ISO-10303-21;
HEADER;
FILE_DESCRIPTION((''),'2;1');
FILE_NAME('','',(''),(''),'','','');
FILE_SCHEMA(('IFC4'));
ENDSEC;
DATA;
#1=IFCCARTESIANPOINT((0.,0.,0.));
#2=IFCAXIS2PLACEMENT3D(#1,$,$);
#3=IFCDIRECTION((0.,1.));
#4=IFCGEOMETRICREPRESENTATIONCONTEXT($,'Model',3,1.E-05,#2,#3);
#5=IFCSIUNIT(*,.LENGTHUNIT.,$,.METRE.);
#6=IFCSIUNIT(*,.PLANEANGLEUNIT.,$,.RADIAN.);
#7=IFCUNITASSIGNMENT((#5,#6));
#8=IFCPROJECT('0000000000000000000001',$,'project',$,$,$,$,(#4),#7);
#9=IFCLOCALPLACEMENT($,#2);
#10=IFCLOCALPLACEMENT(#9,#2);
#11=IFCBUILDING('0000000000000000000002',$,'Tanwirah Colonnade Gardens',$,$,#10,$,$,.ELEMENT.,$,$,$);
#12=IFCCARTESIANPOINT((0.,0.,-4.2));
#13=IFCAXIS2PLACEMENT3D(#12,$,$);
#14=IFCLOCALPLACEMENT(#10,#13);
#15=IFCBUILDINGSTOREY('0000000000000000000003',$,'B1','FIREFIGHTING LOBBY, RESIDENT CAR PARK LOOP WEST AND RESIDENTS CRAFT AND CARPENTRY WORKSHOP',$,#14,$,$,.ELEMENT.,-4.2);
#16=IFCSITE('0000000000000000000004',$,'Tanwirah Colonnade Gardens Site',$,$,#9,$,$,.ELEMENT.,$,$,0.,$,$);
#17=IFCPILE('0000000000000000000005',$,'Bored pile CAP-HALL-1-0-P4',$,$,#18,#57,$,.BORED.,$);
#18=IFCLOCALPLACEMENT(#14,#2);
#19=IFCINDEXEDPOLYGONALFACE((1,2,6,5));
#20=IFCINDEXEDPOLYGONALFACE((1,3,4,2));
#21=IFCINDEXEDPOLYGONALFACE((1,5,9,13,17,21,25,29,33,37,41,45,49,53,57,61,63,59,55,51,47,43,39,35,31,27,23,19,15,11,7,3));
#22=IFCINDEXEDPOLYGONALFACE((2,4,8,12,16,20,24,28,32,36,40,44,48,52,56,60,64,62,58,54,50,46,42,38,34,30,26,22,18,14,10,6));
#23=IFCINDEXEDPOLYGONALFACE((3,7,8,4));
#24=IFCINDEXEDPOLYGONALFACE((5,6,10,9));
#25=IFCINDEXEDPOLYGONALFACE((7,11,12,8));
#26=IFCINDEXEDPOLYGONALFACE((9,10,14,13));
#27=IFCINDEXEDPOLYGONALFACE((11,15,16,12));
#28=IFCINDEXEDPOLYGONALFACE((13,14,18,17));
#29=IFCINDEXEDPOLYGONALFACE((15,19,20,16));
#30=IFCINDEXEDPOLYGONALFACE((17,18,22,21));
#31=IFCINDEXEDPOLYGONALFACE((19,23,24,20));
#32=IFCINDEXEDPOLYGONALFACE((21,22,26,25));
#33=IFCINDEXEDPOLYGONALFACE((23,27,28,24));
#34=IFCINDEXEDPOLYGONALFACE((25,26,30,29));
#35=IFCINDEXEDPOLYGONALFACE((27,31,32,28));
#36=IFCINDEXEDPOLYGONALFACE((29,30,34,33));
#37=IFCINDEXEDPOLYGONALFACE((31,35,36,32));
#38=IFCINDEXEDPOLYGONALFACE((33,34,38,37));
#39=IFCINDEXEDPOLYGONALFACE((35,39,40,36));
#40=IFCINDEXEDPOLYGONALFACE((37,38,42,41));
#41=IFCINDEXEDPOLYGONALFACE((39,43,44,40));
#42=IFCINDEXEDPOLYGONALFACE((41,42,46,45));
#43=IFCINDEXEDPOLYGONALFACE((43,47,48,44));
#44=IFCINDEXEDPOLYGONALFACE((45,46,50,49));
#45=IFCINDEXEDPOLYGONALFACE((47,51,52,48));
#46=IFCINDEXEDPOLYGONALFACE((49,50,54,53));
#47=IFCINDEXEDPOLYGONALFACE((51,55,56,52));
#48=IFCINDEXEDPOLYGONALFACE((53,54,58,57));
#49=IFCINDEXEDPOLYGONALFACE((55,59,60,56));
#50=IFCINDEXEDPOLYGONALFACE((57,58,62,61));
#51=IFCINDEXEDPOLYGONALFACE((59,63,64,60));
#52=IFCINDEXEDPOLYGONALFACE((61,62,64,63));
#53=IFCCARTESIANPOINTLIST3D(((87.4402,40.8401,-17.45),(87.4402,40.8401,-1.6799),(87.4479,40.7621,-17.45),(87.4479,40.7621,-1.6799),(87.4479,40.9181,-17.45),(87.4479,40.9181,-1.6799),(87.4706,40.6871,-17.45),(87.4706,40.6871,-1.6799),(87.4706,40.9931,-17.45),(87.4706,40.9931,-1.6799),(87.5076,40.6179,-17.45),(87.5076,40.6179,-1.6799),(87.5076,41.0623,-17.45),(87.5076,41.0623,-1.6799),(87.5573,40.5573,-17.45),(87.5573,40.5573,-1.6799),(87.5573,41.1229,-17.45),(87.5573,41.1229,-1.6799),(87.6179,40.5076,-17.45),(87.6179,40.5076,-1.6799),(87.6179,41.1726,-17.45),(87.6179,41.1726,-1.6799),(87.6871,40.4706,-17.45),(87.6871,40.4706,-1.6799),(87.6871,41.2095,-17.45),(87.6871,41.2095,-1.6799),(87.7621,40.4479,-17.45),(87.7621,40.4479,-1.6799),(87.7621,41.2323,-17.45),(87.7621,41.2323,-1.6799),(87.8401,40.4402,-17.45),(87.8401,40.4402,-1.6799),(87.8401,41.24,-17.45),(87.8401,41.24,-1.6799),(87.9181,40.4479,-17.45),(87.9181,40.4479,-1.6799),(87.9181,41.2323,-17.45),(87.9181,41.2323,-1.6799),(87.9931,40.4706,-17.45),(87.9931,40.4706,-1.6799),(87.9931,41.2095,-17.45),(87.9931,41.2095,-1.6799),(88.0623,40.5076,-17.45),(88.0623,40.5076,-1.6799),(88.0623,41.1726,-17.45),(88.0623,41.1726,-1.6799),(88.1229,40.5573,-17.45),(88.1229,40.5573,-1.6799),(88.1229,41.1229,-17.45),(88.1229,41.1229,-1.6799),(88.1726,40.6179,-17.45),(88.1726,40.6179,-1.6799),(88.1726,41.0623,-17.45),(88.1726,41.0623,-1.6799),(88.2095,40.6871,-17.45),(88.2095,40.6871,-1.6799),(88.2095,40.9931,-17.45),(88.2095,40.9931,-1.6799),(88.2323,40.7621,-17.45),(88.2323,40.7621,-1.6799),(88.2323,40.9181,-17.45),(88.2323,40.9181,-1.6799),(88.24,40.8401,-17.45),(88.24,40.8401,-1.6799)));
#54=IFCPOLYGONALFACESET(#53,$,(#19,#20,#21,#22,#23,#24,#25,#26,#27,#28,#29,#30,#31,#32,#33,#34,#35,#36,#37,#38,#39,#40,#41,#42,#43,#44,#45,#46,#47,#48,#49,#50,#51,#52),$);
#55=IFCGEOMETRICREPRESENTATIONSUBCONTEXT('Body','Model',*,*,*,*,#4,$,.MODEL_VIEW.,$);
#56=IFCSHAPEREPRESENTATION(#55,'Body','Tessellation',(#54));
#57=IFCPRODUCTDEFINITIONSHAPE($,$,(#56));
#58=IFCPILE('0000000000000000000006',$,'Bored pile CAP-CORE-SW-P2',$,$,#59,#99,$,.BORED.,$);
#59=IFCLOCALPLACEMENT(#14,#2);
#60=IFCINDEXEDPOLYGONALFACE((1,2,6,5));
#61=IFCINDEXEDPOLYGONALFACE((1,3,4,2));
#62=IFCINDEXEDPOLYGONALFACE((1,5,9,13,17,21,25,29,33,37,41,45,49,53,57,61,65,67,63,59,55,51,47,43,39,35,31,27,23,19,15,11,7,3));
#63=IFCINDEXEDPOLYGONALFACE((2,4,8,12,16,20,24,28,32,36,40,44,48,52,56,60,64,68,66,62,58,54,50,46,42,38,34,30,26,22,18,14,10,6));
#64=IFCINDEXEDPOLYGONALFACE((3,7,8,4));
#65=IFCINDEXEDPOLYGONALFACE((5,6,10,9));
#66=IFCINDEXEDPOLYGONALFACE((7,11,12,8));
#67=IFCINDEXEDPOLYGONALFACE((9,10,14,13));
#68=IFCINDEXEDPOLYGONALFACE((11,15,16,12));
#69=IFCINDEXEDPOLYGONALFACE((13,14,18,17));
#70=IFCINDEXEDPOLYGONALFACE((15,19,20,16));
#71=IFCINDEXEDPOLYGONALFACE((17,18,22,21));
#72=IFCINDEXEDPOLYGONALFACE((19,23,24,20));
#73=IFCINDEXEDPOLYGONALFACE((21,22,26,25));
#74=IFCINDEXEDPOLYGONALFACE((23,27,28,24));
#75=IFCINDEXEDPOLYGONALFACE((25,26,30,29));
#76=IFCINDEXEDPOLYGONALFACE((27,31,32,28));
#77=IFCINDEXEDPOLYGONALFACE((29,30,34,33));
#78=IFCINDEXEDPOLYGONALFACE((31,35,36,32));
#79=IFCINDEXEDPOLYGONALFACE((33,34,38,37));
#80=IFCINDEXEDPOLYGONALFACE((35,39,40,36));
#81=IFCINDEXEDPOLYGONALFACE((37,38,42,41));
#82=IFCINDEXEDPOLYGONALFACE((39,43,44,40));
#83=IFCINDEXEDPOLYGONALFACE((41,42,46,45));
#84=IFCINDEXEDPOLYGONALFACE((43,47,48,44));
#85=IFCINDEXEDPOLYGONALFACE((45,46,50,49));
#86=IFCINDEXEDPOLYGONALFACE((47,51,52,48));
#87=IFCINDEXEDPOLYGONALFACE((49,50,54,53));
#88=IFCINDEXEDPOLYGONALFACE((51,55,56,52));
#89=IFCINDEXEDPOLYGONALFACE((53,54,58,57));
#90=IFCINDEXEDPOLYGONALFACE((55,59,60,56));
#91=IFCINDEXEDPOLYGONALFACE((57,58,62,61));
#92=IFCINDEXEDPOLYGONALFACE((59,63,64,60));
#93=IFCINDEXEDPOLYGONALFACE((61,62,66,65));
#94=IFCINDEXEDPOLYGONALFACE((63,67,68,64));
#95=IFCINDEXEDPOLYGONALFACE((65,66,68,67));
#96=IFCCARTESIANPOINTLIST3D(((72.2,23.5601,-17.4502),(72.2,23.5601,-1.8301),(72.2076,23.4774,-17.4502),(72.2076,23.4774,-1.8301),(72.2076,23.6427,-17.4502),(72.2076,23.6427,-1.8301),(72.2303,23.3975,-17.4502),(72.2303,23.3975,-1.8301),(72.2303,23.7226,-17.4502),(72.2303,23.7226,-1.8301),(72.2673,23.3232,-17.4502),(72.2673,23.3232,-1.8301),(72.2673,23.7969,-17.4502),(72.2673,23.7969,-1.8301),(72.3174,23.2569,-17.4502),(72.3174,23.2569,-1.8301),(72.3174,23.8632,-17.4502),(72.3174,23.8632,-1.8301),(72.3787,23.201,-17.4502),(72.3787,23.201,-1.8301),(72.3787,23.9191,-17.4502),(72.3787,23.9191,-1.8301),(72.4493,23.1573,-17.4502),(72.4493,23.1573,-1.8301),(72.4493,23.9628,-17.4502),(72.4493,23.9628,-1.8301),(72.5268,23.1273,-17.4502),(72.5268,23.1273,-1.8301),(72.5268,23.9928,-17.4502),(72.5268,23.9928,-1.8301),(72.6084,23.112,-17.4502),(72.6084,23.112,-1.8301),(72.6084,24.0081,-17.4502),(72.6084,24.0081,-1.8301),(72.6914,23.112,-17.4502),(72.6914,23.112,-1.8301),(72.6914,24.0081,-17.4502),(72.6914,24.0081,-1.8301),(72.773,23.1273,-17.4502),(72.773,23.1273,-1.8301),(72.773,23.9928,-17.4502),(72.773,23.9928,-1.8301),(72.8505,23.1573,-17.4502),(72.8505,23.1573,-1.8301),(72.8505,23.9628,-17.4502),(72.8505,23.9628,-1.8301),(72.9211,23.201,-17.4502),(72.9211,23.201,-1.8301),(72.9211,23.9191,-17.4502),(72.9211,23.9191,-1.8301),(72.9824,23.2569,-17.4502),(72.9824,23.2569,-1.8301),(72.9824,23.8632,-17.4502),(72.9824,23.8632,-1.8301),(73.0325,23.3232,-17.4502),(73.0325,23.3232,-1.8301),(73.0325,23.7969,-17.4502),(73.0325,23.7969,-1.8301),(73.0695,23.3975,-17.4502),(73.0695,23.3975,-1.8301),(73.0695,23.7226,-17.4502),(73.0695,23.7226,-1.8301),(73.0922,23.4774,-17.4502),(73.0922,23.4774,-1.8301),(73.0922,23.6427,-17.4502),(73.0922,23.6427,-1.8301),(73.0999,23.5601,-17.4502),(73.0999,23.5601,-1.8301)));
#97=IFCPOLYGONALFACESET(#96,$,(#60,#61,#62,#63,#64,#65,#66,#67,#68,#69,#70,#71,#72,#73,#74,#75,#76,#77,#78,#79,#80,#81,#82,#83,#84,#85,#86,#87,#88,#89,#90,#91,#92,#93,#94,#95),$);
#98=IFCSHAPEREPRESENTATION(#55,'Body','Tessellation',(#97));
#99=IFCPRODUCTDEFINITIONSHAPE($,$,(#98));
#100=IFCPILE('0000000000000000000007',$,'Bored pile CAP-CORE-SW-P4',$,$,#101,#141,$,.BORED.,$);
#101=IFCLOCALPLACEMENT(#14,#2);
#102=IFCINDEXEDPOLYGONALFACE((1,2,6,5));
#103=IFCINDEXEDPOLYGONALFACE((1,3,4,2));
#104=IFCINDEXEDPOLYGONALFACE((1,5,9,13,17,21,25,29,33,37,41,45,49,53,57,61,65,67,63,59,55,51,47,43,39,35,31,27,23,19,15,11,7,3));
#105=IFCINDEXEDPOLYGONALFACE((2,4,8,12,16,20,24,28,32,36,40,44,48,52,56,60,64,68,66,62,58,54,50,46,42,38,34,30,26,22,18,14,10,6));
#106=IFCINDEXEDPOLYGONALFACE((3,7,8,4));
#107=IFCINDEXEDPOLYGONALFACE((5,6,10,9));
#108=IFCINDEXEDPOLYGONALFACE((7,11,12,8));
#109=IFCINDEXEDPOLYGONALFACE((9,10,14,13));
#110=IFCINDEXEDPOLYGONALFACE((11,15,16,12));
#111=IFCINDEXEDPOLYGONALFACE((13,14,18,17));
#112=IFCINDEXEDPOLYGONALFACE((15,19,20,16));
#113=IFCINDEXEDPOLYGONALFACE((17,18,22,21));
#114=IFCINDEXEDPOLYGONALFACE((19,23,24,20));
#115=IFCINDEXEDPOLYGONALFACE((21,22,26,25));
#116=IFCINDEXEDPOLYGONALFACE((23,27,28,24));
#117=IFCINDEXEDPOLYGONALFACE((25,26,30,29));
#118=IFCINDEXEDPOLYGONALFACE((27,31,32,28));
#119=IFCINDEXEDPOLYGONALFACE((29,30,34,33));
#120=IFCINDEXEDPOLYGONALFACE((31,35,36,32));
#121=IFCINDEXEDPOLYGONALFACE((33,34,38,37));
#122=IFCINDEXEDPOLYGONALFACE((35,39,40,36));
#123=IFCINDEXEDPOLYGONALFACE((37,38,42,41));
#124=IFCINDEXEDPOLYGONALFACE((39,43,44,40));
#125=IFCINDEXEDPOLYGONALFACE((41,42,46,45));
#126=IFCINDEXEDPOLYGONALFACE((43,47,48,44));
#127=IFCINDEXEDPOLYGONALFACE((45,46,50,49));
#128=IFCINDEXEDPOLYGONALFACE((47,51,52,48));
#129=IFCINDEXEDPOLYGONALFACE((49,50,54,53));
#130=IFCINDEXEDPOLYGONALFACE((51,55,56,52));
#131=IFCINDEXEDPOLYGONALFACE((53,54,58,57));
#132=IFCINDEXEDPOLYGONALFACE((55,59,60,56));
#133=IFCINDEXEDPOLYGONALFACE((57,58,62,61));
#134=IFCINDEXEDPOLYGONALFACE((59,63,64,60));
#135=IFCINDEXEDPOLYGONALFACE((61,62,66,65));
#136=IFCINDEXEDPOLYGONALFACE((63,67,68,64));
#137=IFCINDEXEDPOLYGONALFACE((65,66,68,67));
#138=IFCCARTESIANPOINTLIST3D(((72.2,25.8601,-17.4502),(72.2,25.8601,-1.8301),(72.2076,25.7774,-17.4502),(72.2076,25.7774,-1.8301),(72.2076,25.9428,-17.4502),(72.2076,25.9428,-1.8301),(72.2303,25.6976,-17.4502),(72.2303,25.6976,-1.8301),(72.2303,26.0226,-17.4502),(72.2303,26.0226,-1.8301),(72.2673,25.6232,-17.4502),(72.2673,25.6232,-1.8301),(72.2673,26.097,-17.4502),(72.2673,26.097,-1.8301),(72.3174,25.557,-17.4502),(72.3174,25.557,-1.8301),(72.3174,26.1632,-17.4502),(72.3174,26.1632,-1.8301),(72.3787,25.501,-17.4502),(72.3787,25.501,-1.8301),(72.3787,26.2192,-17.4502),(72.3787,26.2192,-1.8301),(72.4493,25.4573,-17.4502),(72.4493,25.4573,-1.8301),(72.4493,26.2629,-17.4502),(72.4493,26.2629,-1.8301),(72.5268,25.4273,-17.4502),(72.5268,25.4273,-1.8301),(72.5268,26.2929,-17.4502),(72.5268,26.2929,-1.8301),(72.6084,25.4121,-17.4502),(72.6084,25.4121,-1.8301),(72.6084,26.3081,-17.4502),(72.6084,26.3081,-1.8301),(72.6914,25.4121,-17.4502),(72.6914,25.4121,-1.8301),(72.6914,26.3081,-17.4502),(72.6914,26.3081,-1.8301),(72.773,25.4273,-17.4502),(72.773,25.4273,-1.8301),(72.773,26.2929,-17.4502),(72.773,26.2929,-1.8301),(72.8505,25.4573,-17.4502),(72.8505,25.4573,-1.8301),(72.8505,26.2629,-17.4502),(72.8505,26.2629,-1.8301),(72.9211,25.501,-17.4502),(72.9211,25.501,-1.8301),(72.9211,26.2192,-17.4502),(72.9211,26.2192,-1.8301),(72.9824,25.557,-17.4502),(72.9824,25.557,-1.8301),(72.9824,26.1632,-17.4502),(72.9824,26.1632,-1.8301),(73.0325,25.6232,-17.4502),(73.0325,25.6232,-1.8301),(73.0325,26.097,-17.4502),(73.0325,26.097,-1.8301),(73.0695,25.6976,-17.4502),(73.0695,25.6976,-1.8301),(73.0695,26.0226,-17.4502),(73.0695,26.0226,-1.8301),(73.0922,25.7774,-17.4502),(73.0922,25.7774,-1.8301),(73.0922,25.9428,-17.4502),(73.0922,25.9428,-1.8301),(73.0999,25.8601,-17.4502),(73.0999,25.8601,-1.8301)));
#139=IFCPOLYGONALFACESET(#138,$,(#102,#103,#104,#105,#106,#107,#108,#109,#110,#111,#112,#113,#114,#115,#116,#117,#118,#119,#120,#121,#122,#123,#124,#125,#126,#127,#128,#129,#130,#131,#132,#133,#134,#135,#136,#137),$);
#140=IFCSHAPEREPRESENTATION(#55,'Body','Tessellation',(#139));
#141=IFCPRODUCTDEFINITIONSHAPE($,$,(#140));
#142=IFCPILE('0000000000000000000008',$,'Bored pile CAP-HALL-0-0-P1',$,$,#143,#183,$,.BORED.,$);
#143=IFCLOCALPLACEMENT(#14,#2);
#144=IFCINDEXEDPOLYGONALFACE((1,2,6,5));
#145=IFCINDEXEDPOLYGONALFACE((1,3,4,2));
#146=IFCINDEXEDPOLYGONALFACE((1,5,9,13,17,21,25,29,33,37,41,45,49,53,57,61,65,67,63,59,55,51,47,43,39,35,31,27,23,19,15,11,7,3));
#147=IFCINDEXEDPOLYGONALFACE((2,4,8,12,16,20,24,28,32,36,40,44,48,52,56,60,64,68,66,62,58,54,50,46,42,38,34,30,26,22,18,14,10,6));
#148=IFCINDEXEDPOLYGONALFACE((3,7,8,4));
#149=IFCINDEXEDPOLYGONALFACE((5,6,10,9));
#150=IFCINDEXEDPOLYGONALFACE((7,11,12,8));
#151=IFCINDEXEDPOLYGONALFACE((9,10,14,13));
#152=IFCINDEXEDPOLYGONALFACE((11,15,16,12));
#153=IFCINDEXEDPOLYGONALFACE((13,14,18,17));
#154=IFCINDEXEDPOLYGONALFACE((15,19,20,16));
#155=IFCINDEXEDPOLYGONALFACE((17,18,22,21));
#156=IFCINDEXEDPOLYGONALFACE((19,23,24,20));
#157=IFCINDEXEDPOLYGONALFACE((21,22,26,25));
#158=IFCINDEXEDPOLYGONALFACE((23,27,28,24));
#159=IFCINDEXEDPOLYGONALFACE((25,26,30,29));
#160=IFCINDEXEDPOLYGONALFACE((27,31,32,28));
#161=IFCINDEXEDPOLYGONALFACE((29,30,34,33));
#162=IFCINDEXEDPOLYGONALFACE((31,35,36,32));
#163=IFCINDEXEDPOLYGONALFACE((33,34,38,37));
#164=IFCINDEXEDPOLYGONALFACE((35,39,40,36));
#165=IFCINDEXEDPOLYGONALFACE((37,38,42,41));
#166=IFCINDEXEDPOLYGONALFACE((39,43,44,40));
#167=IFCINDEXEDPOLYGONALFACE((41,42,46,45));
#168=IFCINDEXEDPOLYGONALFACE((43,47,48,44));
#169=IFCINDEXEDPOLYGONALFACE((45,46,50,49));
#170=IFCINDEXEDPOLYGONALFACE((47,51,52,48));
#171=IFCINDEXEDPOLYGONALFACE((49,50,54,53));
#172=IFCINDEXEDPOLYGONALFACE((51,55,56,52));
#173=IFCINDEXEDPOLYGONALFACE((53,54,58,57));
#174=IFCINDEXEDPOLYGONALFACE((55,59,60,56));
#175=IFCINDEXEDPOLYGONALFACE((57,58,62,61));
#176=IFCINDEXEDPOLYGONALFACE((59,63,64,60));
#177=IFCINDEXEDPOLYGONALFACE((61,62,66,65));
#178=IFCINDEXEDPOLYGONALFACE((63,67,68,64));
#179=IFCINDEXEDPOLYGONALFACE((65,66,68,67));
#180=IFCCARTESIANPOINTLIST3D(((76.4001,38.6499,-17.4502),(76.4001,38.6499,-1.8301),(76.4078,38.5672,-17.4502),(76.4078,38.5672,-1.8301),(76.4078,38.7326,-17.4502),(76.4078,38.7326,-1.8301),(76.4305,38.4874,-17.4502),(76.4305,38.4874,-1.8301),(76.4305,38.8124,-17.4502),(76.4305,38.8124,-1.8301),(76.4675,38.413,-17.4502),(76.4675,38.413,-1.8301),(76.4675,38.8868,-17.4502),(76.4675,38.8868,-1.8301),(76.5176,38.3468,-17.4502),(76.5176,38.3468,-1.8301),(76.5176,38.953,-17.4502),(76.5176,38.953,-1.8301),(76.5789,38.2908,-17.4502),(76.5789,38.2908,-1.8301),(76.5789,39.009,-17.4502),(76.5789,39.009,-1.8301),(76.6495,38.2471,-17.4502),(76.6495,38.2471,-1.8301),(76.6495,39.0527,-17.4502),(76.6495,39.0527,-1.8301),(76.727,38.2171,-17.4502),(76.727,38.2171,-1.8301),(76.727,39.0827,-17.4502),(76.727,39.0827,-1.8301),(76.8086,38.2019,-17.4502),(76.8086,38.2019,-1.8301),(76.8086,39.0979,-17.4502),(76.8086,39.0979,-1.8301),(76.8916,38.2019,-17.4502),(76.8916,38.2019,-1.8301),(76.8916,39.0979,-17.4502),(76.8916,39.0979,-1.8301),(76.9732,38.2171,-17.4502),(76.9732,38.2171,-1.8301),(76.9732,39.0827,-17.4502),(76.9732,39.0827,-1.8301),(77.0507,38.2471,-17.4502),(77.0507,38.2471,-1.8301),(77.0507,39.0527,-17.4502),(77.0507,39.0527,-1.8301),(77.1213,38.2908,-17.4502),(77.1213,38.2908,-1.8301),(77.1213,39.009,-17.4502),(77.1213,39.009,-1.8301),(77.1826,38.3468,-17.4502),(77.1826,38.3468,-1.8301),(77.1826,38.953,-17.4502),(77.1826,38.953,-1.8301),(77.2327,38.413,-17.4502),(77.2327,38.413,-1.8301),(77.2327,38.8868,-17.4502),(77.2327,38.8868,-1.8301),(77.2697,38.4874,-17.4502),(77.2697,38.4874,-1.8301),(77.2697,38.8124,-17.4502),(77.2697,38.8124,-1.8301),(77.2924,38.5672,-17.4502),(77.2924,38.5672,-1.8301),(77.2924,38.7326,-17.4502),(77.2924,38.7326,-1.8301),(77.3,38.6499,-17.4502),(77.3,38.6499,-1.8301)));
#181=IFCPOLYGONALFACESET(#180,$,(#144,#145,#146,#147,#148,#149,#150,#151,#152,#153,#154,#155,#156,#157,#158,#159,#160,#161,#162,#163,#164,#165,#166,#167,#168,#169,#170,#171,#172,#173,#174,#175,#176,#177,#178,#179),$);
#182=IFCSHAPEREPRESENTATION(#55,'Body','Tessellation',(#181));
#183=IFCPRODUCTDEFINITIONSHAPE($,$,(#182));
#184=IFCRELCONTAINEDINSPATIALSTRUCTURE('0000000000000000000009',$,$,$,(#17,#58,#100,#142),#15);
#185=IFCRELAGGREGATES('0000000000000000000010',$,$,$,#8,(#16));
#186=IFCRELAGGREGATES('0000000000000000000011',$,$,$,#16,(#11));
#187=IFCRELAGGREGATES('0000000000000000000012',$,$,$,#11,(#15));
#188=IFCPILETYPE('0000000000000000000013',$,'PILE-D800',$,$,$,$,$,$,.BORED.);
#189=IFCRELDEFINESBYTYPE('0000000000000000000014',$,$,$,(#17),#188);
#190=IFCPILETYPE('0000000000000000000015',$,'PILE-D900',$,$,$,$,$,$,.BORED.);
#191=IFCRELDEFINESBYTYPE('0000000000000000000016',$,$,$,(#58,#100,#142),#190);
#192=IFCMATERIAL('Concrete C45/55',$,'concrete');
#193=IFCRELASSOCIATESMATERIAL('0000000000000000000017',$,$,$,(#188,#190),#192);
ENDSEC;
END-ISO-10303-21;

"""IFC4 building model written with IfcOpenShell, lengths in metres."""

from ifc_helpers import new_model, si_unit, direction, frame, origin, origin_2d, place, context, subcontext, project, spatial, circle, extrude, material, material_profile, profile_set, type_object, element, save


model = new_model("IFC4")

# Units and contexts
model_context = context("Model", 3, precision=1e-05, world=origin(), true_north=direction((0.0, 1.0)))
body_context = subcontext(model_context, "Body", "Model", "MODEL_VIEW")
ifc_project = project(units=[si_unit("LENGTHUNIT", "METRE"), si_unit("PLANEANGLEUNIT", "RADIAN")], contexts=[model_context])

# Site, building, storey
site_placement = place(None, origin())
site = spatial("IfcSite", under=ifc_project, at=site_placement, Name="Tanwirah Colonnade Gardens Site", CompositionType="ELEMENT", RefElevation=0.0)
building_placement = place(site_placement, origin())
building = spatial("IfcBuilding", under=site, at=building_placement, Name="Tanwirah Colonnade Gardens", CompositionType="ELEMENT")
storey_placement = place(building_placement, frame((0.0, 0.0, -4.2)))
storey = spatial("IfcBuildingStorey", under=building, at=storey_placement, Name="B1", Description="FIREFIGHTING LOBBY, RESIDENT CAR PARK LOOP WEST AND RESIDENTS CRAFT AND CARPENTRY WORKSHOP", CompositionType="ELEMENT", Elevation=-4.2)

# Shared definitions
ifc_material = material(Name="Concrete C45/55", Category="concrete")

# Piles
ifc_material_profile_1 = material_profile(ifc_material, circle(Radius=0.3999, at=origin_2d()), Name="PILE D800")
ifc_profile_set_1 = profile_set([ifc_material_profile_1], Name="Concrete C45/55")
pile_type_1 = type_object("IfcPileType", Name="PILE-D800", PredefinedType="BORED", material=ifc_profile_set_1)
for number, where, z_axis, x_axis, name in (
    (1, (87.8401, 40.8401, -1.6799), (0.0, 0.0, -1.0), (1.0, 0.0, 0.0), "Bored pile CAP-HALL-1-0-P4"),
):
    element("IfcPile", number, at=place(storey_placement, frame(where, z_axis=z_axis, x_axis=x_axis)), inside=storey, type_object=pile_type_1, Name=name, PredefinedType="BORED", context=body_context, shape_type="SweptSolid", body=[
        extrude(circle(Radius=0.3999, at=origin_2d()), origin(), (0.0, 0.0, 1.0), 15.77),
    ])
ifc_material_profile_2 = material_profile(ifc_material, circle(Radius=0.45, at=origin_2d()), Name="PILE D900")
ifc_profile_set_2 = profile_set([ifc_material_profile_2], Name="Concrete C45/55")
pile_type_2 = type_object("IfcPileType", Name="PILE-D900", PredefinedType="BORED", material=ifc_profile_set_2)
for number, where, z_axis, x_axis, name in (
    (2, (72.6499, 23.5601, -1.8301), (0.0, 0.0, -1.0), (1.0, 0.0, 0.0), "Bored pile CAP-CORE-SW-P2"),
    (3, (72.6499, 25.8601, -1.8301), (0.0, 0.0, -1.0), (1.0, 0.0, 0.0), "Bored pile CAP-CORE-SW-P4"),
    (4, (76.8501, 38.6499, -1.8301), (0.0, 0.0, -1.0), (1.0, 0.0, 0.0), "Bored pile CAP-HALL-0-0-P1"),
):
    element("IfcPile", number, at=place(storey_placement, frame(where, z_axis=z_axis, x_axis=x_axis)), inside=storey, type_object=pile_type_2, Name=name, PredefinedType="BORED", context=body_context, shape_type="SweptSolid", body=[
        extrude(circle(Radius=0.45, at=origin_2d()), origin(), (0.0, 0.0, 1.0), 15.6201),
    ])

save(model, "model.ifc")
